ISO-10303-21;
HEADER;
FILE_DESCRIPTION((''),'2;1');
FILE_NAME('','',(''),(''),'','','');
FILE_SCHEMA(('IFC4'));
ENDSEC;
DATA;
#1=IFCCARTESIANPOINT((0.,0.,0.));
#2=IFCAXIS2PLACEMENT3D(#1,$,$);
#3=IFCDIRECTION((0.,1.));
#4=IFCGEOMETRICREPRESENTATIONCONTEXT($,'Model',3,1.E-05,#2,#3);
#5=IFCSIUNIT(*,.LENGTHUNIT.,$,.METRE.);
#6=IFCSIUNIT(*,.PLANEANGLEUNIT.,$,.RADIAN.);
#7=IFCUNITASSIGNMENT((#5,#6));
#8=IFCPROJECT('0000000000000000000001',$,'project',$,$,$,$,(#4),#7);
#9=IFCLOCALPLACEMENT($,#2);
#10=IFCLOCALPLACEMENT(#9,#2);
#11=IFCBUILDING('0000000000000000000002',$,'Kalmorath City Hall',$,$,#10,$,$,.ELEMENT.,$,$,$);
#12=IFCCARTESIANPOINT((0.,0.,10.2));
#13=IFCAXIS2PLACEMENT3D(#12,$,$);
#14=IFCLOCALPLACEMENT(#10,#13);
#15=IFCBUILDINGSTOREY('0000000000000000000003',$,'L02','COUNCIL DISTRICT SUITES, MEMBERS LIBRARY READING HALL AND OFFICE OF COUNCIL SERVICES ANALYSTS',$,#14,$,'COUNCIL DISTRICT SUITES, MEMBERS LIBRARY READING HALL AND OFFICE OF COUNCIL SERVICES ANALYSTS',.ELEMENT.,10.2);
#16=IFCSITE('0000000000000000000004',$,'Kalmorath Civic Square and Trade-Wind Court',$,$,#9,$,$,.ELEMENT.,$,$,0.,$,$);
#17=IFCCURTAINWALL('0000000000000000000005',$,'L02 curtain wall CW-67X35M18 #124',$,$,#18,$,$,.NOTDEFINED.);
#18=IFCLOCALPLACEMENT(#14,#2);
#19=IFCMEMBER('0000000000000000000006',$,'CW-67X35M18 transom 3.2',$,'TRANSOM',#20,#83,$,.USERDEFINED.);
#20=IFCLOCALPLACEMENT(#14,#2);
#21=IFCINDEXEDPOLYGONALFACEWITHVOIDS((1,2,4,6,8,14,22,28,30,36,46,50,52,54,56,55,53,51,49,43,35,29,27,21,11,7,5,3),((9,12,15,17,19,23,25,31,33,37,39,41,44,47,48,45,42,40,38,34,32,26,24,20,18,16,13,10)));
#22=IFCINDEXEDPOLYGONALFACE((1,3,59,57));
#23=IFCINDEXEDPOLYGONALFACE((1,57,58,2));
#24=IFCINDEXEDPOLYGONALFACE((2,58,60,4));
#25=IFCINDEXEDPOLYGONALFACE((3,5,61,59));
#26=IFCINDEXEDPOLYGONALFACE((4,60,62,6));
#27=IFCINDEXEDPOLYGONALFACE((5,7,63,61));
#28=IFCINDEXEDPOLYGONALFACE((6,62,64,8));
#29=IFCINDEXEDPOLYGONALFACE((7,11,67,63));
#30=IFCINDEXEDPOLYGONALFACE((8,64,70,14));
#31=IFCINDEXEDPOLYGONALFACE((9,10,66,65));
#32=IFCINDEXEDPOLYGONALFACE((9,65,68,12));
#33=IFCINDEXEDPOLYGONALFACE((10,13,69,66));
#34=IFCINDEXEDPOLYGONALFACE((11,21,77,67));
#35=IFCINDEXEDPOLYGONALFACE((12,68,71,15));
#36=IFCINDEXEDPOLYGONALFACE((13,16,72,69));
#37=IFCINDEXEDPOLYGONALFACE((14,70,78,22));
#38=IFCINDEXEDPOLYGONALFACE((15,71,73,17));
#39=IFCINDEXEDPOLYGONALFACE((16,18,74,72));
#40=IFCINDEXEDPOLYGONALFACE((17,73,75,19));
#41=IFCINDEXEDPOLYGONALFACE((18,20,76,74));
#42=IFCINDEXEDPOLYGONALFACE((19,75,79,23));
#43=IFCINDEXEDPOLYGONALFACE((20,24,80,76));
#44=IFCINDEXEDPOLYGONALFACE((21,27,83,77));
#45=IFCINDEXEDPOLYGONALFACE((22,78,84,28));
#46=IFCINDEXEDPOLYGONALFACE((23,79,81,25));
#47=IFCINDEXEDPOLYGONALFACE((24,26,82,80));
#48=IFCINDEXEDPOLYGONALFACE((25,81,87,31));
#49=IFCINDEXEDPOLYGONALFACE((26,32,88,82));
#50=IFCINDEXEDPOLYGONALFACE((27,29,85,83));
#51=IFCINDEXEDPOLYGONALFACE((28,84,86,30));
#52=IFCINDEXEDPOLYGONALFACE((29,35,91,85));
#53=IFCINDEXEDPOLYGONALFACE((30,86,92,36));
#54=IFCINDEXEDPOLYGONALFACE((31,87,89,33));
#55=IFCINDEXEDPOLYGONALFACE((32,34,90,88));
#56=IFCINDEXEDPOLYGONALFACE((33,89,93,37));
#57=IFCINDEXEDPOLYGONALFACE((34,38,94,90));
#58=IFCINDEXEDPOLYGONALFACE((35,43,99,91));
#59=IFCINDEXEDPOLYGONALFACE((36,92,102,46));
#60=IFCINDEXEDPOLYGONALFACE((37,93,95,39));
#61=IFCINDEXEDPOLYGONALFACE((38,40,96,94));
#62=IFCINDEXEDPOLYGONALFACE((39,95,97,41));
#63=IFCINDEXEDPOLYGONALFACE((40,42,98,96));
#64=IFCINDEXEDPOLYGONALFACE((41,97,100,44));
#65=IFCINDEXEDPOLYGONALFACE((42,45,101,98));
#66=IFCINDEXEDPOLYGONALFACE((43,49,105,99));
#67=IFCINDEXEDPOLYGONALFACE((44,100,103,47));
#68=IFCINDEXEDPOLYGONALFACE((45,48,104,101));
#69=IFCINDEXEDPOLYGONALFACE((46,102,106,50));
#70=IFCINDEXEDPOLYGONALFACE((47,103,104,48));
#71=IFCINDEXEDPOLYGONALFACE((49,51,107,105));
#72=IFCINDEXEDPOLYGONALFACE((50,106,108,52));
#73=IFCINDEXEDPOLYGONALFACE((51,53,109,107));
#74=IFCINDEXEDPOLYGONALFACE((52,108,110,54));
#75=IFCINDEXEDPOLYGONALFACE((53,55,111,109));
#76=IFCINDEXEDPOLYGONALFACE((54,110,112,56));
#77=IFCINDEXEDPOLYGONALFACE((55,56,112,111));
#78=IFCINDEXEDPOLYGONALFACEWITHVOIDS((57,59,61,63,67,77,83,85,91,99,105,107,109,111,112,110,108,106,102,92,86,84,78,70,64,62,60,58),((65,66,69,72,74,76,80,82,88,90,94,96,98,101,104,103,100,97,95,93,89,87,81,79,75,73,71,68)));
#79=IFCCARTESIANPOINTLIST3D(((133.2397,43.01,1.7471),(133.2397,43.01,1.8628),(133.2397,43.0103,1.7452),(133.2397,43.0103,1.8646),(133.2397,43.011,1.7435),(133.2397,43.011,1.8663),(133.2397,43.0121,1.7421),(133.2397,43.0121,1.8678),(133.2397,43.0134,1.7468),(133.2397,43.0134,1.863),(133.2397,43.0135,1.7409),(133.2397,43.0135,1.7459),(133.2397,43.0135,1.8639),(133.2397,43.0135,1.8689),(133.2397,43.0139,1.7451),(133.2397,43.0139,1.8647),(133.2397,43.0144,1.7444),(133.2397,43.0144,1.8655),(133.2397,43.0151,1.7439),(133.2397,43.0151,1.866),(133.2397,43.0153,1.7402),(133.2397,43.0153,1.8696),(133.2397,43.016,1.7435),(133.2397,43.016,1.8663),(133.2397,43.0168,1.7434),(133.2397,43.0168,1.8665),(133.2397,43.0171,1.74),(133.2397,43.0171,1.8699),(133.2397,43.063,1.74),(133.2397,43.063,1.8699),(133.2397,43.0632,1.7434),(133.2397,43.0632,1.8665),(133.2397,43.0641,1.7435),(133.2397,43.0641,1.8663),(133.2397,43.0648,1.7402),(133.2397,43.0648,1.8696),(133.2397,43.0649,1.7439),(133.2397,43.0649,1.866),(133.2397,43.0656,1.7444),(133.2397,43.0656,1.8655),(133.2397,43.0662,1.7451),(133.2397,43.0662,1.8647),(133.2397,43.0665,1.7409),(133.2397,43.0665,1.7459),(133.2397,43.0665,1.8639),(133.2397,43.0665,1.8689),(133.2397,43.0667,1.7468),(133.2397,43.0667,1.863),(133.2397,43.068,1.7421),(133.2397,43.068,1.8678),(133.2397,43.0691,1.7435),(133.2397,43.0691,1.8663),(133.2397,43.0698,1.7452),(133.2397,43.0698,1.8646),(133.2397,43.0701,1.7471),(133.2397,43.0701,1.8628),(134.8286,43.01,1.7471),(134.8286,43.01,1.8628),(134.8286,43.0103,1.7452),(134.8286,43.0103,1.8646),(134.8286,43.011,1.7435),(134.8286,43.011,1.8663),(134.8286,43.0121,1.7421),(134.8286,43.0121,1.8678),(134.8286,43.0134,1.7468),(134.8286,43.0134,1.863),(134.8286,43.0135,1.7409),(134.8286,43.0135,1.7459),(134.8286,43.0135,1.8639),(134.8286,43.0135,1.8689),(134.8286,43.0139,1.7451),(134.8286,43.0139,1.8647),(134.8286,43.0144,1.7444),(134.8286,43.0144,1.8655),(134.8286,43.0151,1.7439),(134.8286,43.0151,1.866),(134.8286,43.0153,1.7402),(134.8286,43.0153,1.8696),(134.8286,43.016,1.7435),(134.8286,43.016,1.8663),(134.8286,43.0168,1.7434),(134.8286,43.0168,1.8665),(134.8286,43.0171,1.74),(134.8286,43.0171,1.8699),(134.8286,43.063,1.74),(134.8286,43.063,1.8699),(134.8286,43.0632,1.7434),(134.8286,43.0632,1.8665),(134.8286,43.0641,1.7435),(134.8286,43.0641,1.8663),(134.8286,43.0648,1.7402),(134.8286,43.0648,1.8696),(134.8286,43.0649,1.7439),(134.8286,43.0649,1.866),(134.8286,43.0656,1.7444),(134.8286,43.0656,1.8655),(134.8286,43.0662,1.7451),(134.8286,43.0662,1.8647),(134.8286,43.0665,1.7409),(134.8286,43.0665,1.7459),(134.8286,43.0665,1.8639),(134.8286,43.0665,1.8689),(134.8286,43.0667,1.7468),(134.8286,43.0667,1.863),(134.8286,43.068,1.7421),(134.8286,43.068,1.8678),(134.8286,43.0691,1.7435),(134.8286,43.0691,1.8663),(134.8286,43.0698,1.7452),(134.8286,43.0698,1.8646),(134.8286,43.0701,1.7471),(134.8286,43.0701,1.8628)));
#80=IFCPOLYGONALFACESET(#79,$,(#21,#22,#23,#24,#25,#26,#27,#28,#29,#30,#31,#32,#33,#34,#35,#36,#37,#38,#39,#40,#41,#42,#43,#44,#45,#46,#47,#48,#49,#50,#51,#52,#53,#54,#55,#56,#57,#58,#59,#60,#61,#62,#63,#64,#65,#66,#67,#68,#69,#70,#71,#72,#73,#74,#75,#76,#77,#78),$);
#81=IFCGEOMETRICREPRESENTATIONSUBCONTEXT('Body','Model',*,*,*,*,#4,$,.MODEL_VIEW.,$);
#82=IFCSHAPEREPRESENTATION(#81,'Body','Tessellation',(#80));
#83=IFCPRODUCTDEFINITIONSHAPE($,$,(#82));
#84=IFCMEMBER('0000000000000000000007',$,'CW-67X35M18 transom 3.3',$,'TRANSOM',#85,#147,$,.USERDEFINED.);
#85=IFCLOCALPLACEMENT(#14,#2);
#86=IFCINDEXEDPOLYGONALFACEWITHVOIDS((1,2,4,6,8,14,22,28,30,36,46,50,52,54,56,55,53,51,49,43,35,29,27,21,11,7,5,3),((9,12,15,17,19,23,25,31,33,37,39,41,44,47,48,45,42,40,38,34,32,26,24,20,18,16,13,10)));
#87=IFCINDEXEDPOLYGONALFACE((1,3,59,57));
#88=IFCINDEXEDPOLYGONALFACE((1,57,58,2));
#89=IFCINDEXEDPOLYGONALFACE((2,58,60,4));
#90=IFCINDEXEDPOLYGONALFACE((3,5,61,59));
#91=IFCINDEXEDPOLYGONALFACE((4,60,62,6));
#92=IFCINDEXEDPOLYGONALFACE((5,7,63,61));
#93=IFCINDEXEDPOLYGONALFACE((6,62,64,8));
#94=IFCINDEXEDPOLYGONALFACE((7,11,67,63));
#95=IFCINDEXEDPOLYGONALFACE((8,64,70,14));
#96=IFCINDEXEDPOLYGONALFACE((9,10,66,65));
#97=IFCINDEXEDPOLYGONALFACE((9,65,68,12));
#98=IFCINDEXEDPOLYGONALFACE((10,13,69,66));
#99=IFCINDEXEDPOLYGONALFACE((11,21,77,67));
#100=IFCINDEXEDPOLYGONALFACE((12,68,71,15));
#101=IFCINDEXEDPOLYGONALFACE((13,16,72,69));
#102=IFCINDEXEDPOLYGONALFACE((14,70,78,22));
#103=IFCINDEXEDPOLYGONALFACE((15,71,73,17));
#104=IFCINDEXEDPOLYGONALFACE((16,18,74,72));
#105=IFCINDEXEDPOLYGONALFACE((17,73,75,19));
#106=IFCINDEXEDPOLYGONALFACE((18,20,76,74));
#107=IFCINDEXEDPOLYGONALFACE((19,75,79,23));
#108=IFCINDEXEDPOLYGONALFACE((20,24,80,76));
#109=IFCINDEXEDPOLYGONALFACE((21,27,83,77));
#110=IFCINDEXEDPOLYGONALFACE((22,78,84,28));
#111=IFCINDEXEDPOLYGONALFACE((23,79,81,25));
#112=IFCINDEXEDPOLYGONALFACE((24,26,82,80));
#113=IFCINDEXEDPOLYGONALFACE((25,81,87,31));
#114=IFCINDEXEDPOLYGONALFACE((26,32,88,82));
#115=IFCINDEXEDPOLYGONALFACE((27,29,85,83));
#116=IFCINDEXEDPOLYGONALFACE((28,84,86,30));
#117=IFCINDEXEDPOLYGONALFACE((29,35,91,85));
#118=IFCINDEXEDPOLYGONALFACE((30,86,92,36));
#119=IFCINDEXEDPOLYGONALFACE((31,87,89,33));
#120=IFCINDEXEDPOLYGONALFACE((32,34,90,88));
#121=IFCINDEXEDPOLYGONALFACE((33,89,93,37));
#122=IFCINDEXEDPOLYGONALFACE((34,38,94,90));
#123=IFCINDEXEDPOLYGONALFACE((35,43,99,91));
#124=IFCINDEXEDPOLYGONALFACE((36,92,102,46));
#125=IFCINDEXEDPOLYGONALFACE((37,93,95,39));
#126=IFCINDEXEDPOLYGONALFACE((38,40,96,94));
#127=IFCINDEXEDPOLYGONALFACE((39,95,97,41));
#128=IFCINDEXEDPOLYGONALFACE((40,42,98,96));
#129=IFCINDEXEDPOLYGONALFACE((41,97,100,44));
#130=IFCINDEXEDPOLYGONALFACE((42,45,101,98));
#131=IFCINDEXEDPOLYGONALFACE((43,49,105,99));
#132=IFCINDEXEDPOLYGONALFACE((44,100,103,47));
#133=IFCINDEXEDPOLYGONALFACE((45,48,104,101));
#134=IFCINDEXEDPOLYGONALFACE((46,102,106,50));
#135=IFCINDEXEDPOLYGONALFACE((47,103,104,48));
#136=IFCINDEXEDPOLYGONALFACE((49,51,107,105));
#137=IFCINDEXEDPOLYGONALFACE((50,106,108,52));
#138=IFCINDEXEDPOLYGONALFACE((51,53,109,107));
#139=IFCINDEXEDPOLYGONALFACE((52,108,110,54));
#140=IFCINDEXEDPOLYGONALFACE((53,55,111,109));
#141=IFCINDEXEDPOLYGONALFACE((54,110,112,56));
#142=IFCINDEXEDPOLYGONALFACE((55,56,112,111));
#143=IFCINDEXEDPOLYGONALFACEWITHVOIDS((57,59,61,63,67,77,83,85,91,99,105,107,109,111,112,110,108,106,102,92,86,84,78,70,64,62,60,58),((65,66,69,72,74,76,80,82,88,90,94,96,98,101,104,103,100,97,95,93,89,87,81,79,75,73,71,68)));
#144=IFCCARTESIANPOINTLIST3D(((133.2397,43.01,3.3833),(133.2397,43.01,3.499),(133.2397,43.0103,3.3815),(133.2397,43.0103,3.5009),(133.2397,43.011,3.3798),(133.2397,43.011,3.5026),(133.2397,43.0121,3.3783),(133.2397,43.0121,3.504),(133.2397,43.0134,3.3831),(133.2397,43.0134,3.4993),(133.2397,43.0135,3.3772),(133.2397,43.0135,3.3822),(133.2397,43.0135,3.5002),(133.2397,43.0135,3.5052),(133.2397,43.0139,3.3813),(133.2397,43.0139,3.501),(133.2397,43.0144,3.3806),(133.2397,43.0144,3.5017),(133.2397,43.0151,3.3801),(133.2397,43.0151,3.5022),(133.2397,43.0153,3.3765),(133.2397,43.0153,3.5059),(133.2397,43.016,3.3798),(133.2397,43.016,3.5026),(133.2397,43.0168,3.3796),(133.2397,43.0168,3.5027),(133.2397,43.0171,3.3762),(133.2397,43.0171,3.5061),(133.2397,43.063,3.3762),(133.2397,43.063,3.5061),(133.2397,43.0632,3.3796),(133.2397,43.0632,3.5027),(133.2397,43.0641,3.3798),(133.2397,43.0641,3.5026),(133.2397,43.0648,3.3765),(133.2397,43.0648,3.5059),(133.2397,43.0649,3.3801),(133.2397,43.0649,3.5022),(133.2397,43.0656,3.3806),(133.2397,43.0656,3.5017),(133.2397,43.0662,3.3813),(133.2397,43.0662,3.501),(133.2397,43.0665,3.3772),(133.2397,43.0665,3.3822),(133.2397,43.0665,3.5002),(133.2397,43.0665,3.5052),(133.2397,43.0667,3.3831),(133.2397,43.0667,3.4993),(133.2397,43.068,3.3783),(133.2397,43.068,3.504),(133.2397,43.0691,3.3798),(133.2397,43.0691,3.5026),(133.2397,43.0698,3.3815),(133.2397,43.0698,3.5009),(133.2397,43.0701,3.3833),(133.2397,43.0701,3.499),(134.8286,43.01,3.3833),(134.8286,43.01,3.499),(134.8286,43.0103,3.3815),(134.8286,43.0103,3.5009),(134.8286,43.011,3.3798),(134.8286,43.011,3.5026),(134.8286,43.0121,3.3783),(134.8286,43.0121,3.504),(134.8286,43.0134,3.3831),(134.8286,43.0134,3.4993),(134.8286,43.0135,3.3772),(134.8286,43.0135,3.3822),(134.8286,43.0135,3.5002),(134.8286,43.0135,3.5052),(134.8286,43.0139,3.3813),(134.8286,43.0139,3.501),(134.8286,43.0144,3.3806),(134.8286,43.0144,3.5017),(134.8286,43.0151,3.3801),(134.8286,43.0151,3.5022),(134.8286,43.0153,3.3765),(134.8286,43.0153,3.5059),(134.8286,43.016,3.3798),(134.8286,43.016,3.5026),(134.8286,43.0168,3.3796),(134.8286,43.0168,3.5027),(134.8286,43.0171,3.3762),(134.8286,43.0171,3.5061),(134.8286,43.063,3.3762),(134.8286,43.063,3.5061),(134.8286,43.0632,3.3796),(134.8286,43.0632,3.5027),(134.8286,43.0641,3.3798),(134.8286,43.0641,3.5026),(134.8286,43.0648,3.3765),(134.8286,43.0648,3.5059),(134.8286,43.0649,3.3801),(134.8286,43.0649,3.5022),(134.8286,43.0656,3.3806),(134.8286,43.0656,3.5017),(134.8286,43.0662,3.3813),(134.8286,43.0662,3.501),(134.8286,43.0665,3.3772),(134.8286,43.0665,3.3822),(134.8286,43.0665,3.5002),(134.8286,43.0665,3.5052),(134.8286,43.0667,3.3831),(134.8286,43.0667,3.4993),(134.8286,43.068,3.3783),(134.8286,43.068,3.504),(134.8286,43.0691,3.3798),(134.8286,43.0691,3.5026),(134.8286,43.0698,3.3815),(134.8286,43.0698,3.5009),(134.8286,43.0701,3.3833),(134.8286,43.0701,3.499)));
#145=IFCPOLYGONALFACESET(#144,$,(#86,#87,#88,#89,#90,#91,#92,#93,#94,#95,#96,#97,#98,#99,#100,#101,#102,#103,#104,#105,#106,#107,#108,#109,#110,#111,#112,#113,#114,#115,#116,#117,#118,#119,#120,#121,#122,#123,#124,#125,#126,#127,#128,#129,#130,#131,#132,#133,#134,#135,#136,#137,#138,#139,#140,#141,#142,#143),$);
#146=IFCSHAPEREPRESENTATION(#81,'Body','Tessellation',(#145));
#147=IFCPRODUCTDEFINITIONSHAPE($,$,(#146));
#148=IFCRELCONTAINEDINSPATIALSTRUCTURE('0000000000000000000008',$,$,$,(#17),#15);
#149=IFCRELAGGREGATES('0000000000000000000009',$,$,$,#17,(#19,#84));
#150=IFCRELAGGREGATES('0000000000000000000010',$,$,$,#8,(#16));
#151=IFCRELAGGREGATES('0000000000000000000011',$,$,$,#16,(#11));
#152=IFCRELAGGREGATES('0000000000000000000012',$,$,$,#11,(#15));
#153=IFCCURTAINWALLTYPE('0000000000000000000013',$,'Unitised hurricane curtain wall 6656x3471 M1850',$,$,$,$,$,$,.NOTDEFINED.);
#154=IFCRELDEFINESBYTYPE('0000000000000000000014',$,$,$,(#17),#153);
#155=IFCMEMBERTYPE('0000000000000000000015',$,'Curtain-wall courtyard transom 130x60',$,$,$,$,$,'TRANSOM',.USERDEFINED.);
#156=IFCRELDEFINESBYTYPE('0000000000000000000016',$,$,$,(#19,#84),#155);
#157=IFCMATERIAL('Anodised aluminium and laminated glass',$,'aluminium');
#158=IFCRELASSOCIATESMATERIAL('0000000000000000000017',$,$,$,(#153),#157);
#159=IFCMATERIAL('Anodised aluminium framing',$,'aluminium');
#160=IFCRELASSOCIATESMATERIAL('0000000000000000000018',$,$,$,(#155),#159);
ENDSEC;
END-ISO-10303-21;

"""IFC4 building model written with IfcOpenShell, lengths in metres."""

from ifc_helpers import new_model, si_unit, direction, frame, origin, origin_2d, place, context, subcontext, project, spatial, hollow_rectangle, extrude, material, material_profile, profile_set, type_object, element, aggregate, save


model = new_model("IFC4")

# Units and contexts
model_context = context("Model", 3, precision=1e-05, world=origin(), true_north=direction((0.0, 1.0)))
body_context = subcontext(model_context, "Body", "Model", "MODEL_VIEW")
ifc_project = project(units=[si_unit("LENGTHUNIT", "METRE"), si_unit("PLANEANGLEUNIT", "RADIAN")], contexts=[model_context])

# Site, building, storey
site_placement = place(None, origin())
site = spatial("IfcSite", under=ifc_project, at=site_placement, Name="Kalmorath Civic Square and Trade-Wind Court", CompositionType="ELEMENT", RefElevation=0.0)
building_placement = place(site_placement, origin())
building = spatial("IfcBuilding", under=site, at=building_placement, Name="Kalmorath City Hall", CompositionType="ELEMENT")
storey_placement = place(building_placement, frame((0.0, 0.0, 10.2)))
storey = spatial("IfcBuildingStorey", under=building, at=storey_placement, Name="L02", Description="COUNCIL DISTRICT SUITES, MEMBERS LIBRARY READING HALL AND OFFICE OF COUNCIL SERVICES ANALYSTS", LongName="COUNCIL DISTRICT SUITES, MEMBERS LIBRARY READING HALL AND OFFICE OF COUNCIL SERVICES ANALYSTS", CompositionType="ELEMENT", Elevation=10.2)

# Curtain wall, members
ifc_material_1 = material(Name="Anodised aluminium and laminated glass", Category="aluminium")
curtain_wall_type_1 = type_object("IfcCurtainWallType", Name="Unitised hurricane curtain wall 6656x3471 M1850", PredefinedType="NOTDEFINED", material=ifc_material_1)
curtain_wall_1_placement = place(storey_placement, origin())
curtain_wall_1 = element("IfcCurtainWall", 1, at=curtain_wall_1_placement, inside=storey, type_object=curtain_wall_type_1, Name="L02 curtain wall CW-67X35M18 #124", PredefinedType="NOTDEFINED")
ifc_material_2 = material(Name="Anodised aluminium framing", Category="aluminium")
ifc_material_profile_1 = material_profile(ifc_material_2, hollow_rectangle(XDim=0.0601, YDim=0.1299, WallThickness=0.0034, InnerFilletRadius=0.0034, OuterFilletRadius=0.0071, at=origin_2d()), Name="ALU-TRN-130X60X3.5")
ifc_profile_set_1 = profile_set([ifc_material_profile_1], Name="Anodised aluminium framing")
member_type_1 = type_object("IfcMemberType", Name="Curtain-wall courtyard transom 130x60", ElementType="TRANSOM", PredefinedType="USERDEFINED", material=ifc_profile_set_1)
member_1_placement = place(storey_placement, frame((133.2397, 43.04, 1.8049), z_axis=(1.0, 0.0, 0.0), x_axis=(0.0, 1.0, 0.0)))
member_1 = element("IfcMember", 2, at=member_1_placement, type_object=member_type_1, Name="CW-67X35M18 transom 3.2", ObjectType="TRANSOM", PredefinedType="USERDEFINED", context=body_context, shape_type="SweptSolid", body=[
    extrude(hollow_rectangle(XDim=0.0601, YDim=0.1299, WallThickness=0.0034, InnerFilletRadius=0.0034, OuterFilletRadius=0.0071, at=origin_2d()), origin(), (0.0, 0.0, 1.0), 1.5889),
])
member_2_placement = place(storey_placement, frame((133.2397, 43.04, 3.4412), z_axis=(1.0, 0.0, 0.0), x_axis=(0.0, 1.0, 0.0)))
member_2 = element("IfcMember", 3, at=member_2_placement, type_object=member_type_1, Name="CW-67X35M18 transom 3.3", ObjectType="TRANSOM", PredefinedType="USERDEFINED", context=body_context, shape_type="SweptSolid", body=[
    extrude(hollow_rectangle(XDim=0.0601, YDim=0.1299, WallThickness=0.0034, InnerFilletRadius=0.0034, OuterFilletRadius=0.0071, at=origin_2d()), origin(), (0.0, 0.0, 1.0), 1.5889),
])

aggregate(curtain_wall_1, [member_1, member_2])

save(model, "model.ifc")
